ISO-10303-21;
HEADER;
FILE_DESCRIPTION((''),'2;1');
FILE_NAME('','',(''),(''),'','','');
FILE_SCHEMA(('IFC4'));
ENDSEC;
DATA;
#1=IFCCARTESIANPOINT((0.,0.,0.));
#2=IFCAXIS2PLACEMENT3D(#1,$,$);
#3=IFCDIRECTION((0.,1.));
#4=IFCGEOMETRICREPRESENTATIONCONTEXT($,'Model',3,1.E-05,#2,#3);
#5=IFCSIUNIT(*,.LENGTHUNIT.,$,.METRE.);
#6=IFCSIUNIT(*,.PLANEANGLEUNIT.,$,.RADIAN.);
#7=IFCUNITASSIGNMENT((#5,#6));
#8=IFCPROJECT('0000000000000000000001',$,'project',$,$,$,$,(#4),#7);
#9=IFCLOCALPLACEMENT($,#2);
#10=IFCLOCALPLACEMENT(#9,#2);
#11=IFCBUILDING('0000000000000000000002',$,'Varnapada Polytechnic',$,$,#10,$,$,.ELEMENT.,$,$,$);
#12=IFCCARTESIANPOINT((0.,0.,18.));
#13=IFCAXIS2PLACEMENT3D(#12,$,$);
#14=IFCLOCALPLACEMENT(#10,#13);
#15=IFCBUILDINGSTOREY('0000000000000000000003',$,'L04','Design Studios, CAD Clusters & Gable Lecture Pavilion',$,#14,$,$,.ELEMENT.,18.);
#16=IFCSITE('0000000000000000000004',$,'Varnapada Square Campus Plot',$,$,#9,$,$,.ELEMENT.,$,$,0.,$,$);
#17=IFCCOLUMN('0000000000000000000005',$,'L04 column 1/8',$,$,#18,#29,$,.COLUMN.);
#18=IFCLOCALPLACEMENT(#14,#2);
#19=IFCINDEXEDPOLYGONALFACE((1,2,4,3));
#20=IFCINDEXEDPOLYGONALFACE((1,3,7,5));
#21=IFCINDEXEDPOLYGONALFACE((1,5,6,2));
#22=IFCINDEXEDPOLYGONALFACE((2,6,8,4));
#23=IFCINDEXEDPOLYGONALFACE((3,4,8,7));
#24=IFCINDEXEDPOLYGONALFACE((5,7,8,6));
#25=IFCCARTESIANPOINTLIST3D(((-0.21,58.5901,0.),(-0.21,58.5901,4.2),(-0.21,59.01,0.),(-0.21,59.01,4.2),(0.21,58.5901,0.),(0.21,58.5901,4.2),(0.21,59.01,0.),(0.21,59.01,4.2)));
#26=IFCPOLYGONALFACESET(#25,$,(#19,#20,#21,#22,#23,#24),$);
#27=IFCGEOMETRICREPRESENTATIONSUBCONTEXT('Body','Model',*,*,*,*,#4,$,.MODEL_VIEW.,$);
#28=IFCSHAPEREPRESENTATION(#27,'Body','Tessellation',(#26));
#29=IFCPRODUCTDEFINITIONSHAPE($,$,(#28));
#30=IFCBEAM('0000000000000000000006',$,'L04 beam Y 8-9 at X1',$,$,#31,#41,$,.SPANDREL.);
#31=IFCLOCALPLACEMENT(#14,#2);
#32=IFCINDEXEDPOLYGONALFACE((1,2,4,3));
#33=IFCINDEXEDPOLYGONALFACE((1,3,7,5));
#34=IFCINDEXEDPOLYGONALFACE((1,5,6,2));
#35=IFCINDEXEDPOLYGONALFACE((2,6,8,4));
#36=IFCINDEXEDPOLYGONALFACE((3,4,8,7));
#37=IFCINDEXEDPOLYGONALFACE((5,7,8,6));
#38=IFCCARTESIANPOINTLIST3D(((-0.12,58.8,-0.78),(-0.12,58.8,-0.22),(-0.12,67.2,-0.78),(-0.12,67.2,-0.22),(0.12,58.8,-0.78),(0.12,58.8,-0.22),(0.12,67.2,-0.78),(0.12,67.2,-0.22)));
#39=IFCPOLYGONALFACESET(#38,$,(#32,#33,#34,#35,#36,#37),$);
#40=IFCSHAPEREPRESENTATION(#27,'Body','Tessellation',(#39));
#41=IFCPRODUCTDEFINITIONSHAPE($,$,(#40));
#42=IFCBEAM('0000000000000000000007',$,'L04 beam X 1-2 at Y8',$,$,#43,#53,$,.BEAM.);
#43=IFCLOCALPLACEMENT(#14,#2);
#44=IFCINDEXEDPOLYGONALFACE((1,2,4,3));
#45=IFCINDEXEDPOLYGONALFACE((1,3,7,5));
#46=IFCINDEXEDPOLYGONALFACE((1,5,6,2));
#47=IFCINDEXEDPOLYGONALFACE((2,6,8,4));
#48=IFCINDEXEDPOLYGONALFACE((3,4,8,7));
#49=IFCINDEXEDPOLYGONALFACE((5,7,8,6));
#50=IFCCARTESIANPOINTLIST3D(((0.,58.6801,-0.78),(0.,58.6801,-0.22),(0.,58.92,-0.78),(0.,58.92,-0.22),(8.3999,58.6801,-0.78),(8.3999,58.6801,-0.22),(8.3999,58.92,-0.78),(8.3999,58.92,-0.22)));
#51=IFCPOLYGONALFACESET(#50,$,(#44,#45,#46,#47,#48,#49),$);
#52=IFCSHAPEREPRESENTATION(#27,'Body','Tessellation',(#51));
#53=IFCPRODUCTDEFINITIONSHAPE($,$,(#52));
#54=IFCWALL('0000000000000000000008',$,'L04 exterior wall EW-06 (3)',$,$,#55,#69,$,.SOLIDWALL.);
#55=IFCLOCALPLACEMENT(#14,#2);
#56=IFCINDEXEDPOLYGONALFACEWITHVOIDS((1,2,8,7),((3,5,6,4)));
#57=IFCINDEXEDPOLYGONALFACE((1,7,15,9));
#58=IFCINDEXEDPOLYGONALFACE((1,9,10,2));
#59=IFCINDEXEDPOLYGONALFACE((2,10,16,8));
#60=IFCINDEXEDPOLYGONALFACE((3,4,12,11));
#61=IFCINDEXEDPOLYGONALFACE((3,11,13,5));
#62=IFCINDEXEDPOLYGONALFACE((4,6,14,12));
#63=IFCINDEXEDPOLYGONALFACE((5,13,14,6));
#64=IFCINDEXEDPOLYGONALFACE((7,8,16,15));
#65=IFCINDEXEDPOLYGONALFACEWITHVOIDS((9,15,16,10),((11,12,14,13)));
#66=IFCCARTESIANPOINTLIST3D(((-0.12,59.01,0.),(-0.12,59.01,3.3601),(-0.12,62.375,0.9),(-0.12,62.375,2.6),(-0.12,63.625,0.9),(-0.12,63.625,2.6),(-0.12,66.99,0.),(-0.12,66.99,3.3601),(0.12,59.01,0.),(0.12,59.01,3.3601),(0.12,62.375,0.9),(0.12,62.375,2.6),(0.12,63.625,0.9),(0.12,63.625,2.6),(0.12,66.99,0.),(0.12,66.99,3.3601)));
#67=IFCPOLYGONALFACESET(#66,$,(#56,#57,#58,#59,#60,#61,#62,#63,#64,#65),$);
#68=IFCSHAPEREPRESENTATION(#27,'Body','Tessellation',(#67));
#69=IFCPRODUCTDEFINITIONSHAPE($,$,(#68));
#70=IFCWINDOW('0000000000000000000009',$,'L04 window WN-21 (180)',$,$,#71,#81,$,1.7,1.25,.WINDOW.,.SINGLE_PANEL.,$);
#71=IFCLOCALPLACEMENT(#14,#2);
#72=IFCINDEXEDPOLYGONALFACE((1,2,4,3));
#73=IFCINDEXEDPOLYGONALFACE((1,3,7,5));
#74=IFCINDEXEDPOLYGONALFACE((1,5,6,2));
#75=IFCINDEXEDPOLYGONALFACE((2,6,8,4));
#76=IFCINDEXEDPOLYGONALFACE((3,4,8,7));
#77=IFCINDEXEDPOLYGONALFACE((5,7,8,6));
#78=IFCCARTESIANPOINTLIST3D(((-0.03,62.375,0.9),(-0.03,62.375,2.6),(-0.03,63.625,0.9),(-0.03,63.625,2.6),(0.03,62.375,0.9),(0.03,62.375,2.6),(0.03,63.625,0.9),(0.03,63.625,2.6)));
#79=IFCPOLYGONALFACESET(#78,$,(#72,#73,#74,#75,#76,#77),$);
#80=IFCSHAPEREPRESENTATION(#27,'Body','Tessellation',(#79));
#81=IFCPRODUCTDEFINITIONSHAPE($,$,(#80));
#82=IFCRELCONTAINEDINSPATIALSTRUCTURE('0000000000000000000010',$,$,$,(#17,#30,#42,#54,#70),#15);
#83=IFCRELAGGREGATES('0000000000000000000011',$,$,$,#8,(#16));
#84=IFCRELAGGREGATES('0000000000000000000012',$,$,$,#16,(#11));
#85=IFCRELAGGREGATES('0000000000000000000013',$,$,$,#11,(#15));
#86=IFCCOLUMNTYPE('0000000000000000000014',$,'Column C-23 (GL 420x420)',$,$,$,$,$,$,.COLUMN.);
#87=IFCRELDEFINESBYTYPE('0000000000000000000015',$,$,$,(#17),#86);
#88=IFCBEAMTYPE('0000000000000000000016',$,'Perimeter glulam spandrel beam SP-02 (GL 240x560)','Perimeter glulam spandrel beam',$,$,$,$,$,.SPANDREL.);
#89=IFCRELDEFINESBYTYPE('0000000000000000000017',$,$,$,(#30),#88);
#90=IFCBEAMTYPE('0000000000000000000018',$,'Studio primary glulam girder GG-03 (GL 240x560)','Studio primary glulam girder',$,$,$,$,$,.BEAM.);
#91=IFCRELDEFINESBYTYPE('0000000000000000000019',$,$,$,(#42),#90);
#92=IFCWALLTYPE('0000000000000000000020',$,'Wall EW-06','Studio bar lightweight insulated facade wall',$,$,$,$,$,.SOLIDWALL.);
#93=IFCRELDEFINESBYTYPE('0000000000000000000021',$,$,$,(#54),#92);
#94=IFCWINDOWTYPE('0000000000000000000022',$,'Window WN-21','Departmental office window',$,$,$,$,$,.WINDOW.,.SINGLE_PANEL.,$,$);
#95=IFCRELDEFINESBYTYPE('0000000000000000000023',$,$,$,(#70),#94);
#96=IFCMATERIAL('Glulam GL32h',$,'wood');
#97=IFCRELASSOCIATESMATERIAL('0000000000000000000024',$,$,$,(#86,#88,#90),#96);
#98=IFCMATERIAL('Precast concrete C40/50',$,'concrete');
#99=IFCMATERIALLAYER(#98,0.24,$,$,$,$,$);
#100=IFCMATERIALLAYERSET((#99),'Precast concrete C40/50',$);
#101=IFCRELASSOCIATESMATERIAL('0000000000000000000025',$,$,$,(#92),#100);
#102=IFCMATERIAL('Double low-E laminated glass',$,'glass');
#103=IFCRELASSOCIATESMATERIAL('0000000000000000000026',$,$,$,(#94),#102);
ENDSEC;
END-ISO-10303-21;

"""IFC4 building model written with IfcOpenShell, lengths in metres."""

from ifc_helpers import new_model, si_unit, direction, frame, frame_2d, origin, origin_2d, place, context, subcontext, project, spatial, rectangle, extrude, material, layer, layer_set, material_profile, profile_set, type_object, element, fill, save


model = new_model("IFC4")

# Units and contexts
model_context = context("Model", 3, precision=1e-05, world=origin(), true_north=direction((0.0, 1.0)))
body_context = subcontext(model_context, "Body", "Model", "MODEL_VIEW")
ifc_project = project(units=[si_unit("LENGTHUNIT", "METRE"), si_unit("PLANEANGLEUNIT", "RADIAN")], contexts=[model_context])

# Site, building, storey
site_placement = place(None, origin())
site = spatial("IfcSite", under=ifc_project, at=site_placement, Name="Varnapada Square Campus Plot", CompositionType="ELEMENT", RefElevation=0.0)
building_placement = place(site_placement, origin())
building = spatial("IfcBuilding", under=site, at=building_placement, Name="Varnapada Polytechnic", CompositionType="ELEMENT")
storey_placement = place(building_placement, frame((0.0, 0.0, 18.0)))
storey = spatial("IfcBuildingStorey", under=building, at=storey_placement, Name="L04", Description="Design Studios, CAD Clusters & Gable Lecture Pavilion", CompositionType="ELEMENT", Elevation=18.0)

# Column
ifc_material_1 = material(Name="Glulam GL32h", Category="wood")
ifc_material_profile_1 = material_profile(ifc_material_1, rectangle(XDim=0.4199, YDim=0.4199, at=origin_2d()), Name="GL 420x420")
ifc_profile_set_1 = profile_set([ifc_material_profile_1], Name="Glulam GL32h")
column_type = type_object("IfcColumnType", Name="Column C-23 (GL 420x420)", PredefinedType="COLUMN", material=ifc_profile_set_1)
column_placement = place(storey_placement, frame((0.0, 58.8, 0.0), z_axis=(0.0, 0.0, 1.0), x_axis=(1.0, 0.0, 0.0)))
element("IfcColumn", 1, at=column_placement, inside=storey, type_object=column_type, Name="L04 column 1/8", PredefinedType="COLUMN", context=body_context, shape_type="SweptSolid", body=[
    extrude(rectangle(XDim=0.4199, YDim=0.4199, at=origin_2d()), origin(), (0.0, 0.0, 1.0), 4.2),
])

# Beams
ifc_material_profile_2 = material_profile(ifc_material_1, rectangle(XDim=0.24, YDim=0.5601, at=origin_2d()), Name="GL 240x560")
ifc_profile_set_2 = profile_set([ifc_material_profile_2], Name="Glulam GL32h")
beam_type_1 = type_object("IfcBeamType", Name="Perimeter glulam spandrel beam SP-02 (GL 240x560)", Description="Perimeter glulam spandrel beam", PredefinedType="SPANDREL", material=ifc_profile_set_2)
beam_1_placement = place(storey_placement, frame((0.0, 58.8, -0.5), z_axis=(0.0, 1.0, 0.0), x_axis=(-1.0, 0.0, 0.0)))
element("IfcBeam", 2, at=beam_1_placement, inside=storey, type_object=beam_type_1, Name="L04 beam Y 8-9 at X1", PredefinedType="SPANDREL", context=body_context, shape_type="SweptSolid", body=[
    extrude(rectangle(XDim=0.24, YDim=0.5601, at=origin_2d()), origin(), (0.0, 0.0, 1.0), 8.3999),
])
ifc_material_profile_3 = material_profile(ifc_material_1, rectangle(XDim=0.24, YDim=0.5601, at=origin_2d()), Name="GL 240x560")
ifc_profile_set_3 = profile_set([ifc_material_profile_3], Name="Glulam GL32h")
beam_type_2 = type_object("IfcBeamType", Name="Studio primary glulam girder GG-03 (GL 240x560)", Description="Studio primary glulam girder", PredefinedType="BEAM", material=ifc_profile_set_3)
beam_2_placement = place(storey_placement, frame((0.0, 58.8, -0.5), z_axis=(1.0, 0.0, 0.0), x_axis=(0.0, 1.0, 0.0)))
element("IfcBeam", 3, at=beam_2_placement, inside=storey, type_object=beam_type_2, Name="L04 beam X 1-2 at Y8", PredefinedType="BEAM", context=body_context, shape_type="SweptSolid", body=[
    extrude(rectangle(XDim=0.24, YDim=0.5601, at=origin_2d()), origin(), (0.0, 0.0, 1.0), 8.3999),
])

# Wall, opening, window
ifc_material_2 = material(Name="Precast concrete C40/50", Category="concrete")
ifc_layer_1 = layer(ifc_material_2, 0.24)
ifc_layer_set_1 = layer_set([ifc_layer_1], Name="Precast concrete C40/50")
wall_type = type_object("IfcWallType", Name="Wall EW-06", Description="Studio bar lightweight insulated facade wall", PredefinedType="SOLIDWALL", material=ifc_layer_set_1)
wall_placement = place(storey_placement, frame((0.0, 59.01, 0.0), z_axis=(0.0, 0.0, 1.0), x_axis=(0.0, 1.0, 0.0)))
wall = element("IfcWall", 4, at=wall_placement, inside=storey, type_object=wall_type, Name="L04 exterior wall EW-06 (3)", PredefinedType="SOLIDWALL", context=body_context, shape_type="SweptSolid", body=[
    extrude(rectangle(XDim=7.98, YDim=0.24, at=frame_2d((3.99, 0.0))), origin(), (0.0, 0.0, 1.0), 3.3601),
])
opening_1_placement = place(wall_placement, frame((3.365, 0.0, 0.8999)))
opening_1 = element("IfcOpeningElement", 5, at=opening_1_placement, cuts=wall, PredefinedType="OPENING", context=body_context, shape_type="SweptSolid", body=[
    extrude(rectangle(XDim=1.25, YDim=1.7, at=frame_2d((0.625, 0.8501))), frame((0.0, 0.1299, 0.0), z_axis=(0.0, -1.0, 0.0), x_axis=(1.0, 0.0, 0.0)), (0.0, 0.0, 1.0), 0.26),
])
ifc_material_3 = material(Name="Double low-E laminated glass", Category="glass")
window_type = type_object("IfcWindowType", Name="Window WN-21", Description="Departmental office window", PartitioningType="SINGLE_PANEL", PredefinedType="WINDOW", material=ifc_material_3)
window_placement = place(opening_1_placement, origin())
window = element("IfcWindow", 6, at=window_placement, inside=storey, type_object=window_type, Name="L04 window WN-21 (180)", OverallHeight=1.7, OverallWidth=1.25, PartitioningType="SINGLE_PANEL", PredefinedType="WINDOW", context=body_context, shape_type="SweptSolid", body=[
    extrude(rectangle(XDim=1.25, YDim=1.7, at=frame_2d((0.625, 0.8501))), frame((0.0, 0.03, 0.0), z_axis=(0.0, -1.0, 0.0), x_axis=(1.0, 0.0, 0.0)), (0.0, 0.0, 1.0), 0.0601),
])
fill(opening_1, window)

save(model, "model.ifc")
